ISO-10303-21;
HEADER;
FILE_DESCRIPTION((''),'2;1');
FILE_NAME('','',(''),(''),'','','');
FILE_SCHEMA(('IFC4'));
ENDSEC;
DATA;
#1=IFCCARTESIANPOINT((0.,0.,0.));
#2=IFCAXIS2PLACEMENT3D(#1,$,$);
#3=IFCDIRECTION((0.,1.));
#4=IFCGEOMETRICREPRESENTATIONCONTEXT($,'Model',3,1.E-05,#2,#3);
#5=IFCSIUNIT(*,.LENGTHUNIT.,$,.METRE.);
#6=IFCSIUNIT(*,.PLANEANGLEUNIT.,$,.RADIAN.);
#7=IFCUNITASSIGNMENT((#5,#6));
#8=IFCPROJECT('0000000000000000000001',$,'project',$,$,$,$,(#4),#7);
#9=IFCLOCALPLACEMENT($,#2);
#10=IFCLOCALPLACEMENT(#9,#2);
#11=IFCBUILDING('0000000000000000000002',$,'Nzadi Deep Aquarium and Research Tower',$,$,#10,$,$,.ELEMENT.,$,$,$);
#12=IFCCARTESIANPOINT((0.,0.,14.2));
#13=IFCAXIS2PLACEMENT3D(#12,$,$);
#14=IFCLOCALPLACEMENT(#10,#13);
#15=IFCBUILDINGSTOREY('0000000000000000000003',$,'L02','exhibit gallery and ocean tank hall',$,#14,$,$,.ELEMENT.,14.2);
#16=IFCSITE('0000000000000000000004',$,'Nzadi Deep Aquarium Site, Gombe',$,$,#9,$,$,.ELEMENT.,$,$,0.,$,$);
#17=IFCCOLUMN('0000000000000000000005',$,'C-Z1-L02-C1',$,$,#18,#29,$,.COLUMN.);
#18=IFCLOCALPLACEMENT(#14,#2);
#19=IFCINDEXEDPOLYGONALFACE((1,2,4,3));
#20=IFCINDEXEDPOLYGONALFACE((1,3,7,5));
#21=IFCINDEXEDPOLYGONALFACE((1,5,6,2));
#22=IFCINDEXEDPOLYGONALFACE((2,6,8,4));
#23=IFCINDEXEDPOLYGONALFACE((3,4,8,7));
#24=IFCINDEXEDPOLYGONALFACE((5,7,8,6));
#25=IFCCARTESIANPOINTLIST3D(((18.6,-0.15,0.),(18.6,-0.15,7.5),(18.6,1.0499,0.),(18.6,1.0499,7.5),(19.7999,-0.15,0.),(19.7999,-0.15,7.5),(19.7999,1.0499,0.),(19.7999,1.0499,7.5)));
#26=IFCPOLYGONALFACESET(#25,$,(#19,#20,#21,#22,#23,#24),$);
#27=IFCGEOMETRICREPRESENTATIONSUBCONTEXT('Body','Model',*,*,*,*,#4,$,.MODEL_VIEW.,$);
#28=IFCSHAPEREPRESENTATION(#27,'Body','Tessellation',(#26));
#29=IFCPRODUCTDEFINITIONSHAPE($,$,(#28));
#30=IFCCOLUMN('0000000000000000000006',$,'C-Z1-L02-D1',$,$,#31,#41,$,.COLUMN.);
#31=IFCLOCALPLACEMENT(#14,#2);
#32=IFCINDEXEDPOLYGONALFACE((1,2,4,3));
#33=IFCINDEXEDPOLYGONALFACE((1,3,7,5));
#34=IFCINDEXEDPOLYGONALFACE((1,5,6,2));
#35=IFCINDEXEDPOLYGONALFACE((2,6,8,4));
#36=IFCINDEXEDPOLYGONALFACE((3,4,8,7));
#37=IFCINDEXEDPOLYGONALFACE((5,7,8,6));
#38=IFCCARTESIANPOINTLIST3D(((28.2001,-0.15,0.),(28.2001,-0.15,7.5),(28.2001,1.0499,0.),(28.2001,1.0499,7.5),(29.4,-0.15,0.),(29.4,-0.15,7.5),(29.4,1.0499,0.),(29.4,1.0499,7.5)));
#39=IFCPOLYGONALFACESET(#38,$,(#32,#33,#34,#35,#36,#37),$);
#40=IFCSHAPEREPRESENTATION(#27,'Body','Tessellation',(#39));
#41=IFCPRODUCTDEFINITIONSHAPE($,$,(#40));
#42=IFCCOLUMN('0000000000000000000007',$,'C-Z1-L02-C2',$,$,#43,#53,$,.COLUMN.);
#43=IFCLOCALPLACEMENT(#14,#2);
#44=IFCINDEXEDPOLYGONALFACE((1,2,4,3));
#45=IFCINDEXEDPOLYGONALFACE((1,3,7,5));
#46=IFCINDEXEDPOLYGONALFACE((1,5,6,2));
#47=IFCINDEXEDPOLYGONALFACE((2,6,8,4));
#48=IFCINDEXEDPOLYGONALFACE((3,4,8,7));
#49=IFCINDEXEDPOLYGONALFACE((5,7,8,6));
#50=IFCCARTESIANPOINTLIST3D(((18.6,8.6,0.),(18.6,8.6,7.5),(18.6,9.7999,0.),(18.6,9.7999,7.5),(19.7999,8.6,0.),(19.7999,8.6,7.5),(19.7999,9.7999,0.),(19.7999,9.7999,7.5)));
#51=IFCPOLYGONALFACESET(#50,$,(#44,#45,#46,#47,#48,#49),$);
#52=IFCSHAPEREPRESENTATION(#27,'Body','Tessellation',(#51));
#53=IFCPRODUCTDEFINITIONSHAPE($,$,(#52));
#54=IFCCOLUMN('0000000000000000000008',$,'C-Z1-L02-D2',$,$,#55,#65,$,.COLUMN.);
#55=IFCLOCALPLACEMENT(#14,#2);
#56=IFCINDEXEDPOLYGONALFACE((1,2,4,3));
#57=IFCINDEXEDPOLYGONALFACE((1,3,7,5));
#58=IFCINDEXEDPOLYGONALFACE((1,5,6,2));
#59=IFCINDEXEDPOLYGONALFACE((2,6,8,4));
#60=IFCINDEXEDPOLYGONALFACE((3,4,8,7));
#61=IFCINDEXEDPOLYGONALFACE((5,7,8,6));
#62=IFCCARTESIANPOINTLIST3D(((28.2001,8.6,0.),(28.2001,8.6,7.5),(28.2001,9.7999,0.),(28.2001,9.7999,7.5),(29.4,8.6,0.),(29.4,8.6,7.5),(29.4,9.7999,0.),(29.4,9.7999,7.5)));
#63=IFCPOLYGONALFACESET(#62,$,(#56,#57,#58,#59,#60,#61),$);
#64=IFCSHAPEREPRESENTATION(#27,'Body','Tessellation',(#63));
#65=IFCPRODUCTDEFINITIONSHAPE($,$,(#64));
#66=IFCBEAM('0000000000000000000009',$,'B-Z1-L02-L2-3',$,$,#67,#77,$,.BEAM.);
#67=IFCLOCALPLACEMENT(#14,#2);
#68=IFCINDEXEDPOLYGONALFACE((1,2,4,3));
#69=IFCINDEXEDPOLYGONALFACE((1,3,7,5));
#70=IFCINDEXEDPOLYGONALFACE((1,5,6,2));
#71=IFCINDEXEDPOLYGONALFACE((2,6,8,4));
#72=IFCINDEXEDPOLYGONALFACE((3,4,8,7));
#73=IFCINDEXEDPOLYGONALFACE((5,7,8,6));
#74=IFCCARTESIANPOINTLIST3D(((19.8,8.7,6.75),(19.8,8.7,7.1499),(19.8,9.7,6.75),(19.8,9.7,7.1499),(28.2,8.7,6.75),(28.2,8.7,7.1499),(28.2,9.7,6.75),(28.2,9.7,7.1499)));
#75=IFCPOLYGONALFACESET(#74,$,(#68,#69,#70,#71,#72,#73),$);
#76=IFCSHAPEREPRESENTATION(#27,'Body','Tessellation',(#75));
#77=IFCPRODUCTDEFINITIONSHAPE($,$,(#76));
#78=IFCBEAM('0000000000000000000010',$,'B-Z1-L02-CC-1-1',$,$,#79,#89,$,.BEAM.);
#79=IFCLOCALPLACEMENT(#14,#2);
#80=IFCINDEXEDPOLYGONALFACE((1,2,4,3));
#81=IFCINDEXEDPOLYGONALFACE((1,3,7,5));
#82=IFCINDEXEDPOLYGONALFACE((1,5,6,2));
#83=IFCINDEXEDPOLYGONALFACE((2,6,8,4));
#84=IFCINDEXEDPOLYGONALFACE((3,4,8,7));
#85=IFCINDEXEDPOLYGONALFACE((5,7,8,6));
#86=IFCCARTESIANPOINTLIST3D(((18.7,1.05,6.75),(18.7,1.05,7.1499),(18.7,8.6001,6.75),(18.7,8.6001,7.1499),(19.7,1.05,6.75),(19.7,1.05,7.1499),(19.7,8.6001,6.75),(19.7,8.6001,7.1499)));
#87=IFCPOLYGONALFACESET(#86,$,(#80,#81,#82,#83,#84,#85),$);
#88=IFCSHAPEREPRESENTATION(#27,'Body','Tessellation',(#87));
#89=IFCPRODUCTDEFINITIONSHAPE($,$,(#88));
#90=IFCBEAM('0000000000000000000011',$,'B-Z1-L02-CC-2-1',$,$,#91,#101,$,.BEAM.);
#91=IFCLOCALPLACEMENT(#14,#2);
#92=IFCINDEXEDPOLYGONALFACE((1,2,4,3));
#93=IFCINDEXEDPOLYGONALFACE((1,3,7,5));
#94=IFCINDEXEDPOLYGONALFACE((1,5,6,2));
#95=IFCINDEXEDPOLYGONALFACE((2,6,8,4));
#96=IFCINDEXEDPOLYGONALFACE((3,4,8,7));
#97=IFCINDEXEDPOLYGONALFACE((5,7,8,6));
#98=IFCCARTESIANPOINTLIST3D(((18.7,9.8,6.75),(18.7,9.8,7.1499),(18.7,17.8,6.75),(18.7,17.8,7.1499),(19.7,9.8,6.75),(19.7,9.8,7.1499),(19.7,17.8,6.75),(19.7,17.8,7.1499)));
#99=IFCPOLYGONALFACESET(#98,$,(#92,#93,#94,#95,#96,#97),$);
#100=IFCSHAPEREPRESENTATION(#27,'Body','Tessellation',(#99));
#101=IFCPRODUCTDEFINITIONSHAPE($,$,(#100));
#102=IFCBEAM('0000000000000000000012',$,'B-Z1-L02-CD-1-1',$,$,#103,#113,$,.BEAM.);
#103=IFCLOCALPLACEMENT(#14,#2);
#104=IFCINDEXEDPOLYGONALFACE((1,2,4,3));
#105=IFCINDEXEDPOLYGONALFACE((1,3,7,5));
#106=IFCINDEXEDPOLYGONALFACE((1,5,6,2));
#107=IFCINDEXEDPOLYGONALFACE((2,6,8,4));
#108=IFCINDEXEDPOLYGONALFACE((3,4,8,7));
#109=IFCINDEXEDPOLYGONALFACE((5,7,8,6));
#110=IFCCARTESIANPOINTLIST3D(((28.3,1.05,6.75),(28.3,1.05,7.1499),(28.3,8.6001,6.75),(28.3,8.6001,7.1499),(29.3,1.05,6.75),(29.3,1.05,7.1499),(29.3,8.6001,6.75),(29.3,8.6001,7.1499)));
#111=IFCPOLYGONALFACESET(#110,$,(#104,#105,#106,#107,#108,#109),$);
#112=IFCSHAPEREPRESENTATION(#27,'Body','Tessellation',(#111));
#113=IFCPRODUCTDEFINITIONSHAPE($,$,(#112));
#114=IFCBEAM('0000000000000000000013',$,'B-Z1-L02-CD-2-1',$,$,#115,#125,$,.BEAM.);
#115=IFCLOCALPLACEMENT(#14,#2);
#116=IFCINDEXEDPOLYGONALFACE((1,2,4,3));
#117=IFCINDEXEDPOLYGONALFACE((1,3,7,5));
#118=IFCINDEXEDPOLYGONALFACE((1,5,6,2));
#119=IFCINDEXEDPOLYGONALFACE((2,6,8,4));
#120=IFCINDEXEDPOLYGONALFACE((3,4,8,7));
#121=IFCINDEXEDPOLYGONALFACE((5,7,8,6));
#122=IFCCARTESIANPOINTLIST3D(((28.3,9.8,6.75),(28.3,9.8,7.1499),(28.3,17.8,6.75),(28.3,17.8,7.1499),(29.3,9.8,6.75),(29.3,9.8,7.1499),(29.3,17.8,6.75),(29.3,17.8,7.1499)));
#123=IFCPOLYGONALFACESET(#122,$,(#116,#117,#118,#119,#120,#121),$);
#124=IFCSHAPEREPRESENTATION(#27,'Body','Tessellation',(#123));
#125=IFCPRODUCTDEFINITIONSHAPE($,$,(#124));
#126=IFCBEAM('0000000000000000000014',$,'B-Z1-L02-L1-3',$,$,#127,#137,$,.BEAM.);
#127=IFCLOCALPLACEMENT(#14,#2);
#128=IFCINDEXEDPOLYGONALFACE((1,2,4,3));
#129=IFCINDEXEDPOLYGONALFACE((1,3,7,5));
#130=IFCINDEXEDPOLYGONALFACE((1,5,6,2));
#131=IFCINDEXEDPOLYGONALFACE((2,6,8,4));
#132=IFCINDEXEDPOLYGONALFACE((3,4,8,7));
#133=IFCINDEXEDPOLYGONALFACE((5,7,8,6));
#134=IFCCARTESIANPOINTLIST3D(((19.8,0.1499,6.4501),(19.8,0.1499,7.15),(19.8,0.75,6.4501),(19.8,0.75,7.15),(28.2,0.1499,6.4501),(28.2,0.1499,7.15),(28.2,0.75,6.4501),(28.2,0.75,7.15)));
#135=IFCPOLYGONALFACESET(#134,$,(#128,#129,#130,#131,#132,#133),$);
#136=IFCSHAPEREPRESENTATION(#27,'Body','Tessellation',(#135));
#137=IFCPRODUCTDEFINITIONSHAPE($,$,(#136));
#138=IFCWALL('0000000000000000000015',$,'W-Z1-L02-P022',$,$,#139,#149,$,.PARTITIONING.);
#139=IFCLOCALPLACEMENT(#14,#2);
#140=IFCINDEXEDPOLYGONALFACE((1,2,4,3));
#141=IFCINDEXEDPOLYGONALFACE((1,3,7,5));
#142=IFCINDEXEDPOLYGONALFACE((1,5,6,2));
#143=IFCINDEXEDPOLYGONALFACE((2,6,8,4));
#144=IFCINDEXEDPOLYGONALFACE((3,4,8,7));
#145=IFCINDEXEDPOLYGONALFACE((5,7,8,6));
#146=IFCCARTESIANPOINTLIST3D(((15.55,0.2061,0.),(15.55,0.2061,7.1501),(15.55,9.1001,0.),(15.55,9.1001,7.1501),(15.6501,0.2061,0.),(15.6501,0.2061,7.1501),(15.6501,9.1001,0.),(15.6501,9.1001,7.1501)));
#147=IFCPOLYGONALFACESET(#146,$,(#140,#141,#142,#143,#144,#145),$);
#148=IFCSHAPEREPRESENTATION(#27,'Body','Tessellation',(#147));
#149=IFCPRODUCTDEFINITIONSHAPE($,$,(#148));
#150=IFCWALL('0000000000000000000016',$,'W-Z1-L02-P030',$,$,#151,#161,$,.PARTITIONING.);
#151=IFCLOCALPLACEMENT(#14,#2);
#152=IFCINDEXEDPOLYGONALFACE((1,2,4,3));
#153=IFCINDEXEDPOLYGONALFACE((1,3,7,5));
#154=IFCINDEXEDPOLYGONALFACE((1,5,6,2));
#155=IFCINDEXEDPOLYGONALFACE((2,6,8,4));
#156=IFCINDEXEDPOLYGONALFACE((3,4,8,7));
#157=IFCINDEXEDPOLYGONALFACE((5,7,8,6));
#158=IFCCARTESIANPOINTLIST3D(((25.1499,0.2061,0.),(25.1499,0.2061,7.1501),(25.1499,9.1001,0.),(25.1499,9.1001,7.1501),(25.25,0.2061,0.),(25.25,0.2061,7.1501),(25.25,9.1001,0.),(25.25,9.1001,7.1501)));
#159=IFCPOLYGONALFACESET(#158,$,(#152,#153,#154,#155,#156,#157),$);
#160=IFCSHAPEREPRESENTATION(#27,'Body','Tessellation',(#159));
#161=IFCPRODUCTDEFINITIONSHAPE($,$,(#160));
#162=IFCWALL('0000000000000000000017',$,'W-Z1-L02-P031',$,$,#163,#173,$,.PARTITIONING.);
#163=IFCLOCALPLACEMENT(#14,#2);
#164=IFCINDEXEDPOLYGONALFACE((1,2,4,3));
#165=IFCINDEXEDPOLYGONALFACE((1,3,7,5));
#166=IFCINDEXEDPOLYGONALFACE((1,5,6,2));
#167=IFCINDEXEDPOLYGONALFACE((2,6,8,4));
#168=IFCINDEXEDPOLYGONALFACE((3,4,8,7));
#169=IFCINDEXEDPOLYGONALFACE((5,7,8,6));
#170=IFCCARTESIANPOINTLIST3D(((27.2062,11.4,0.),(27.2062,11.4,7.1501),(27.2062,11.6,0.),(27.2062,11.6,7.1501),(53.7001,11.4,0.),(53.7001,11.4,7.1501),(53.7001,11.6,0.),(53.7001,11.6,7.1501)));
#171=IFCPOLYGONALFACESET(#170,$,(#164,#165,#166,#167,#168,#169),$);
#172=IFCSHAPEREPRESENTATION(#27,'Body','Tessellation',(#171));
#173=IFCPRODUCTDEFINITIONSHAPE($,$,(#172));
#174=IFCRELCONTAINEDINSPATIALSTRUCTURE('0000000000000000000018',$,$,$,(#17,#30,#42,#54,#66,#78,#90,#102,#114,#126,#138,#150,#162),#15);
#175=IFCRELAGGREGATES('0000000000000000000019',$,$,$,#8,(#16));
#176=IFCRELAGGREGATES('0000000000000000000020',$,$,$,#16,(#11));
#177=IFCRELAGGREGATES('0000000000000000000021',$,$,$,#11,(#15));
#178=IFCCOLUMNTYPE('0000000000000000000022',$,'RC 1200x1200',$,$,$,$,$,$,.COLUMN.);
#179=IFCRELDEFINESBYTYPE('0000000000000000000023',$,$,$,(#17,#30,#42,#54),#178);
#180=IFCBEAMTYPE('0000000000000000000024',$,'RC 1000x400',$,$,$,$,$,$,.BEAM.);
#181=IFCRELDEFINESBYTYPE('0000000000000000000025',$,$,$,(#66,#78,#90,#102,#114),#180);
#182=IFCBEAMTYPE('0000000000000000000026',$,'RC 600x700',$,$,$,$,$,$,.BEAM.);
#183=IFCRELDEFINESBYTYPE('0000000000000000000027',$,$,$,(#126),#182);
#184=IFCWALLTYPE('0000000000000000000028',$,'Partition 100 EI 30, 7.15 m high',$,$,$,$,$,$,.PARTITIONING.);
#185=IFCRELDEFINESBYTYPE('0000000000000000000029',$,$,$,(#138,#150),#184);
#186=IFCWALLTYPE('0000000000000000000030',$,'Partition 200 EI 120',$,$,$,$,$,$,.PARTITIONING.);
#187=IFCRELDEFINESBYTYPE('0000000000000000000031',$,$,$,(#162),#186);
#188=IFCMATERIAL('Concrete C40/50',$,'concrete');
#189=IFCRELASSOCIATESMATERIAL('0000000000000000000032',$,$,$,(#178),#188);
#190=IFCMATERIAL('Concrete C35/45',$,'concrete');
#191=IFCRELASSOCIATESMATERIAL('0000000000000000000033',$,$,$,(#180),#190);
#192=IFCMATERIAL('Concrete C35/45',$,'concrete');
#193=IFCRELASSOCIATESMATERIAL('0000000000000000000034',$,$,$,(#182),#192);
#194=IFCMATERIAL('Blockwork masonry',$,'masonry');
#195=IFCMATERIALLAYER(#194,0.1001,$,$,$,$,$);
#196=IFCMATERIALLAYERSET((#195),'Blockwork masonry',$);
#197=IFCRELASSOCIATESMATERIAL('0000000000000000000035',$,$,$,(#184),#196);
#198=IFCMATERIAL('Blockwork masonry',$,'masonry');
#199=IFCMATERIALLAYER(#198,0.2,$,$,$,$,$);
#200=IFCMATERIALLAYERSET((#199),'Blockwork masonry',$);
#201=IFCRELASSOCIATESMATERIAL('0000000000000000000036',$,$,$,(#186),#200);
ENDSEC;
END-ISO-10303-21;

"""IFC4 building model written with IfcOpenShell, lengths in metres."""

from ifc_helpers import new_model, si_unit, direction, frame, frame_2d, origin, origin_2d, place, context, subcontext, project, spatial, rectangle, extrude, material, layer, layer_set, material_profile, profile_set, type_object, element, save


model = new_model("IFC4")

# Units and contexts
model_context = context("Model", 3, precision=1e-05, world=origin(), true_north=direction((0.0, 1.0)))
body_context = subcontext(model_context, "Body", "Model", "MODEL_VIEW")
ifc_project = project(units=[si_unit("LENGTHUNIT", "METRE"), si_unit("PLANEANGLEUNIT", "RADIAN")], contexts=[model_context])

# Site, building, storey
site_placement = place(None, origin())
site = spatial("IfcSite", under=ifc_project, at=site_placement, Name="Nzadi Deep Aquarium Site, Gombe", CompositionType="ELEMENT", RefElevation=0.0)
building_placement = place(site_placement, origin())
building = spatial("IfcBuilding", under=site, at=building_placement, Name="Nzadi Deep Aquarium and Research Tower", CompositionType="ELEMENT")
storey_placement = place(building_placement, frame((0.0, 0.0, 14.2)))
storey = spatial("IfcBuildingStorey", under=building, at=storey_placement, Name="L02", Description="exhibit gallery and ocean tank hall", CompositionType="ELEMENT", Elevation=14.2)

# Columns
ifc_material_1 = material(Name="Concrete C40/50", Category="concrete")
ifc_material_profile_1 = material_profile(ifc_material_1, rectangle(XDim=1.2, YDim=1.2, at=origin_2d()))
ifc_profile_set_1 = profile_set([ifc_material_profile_1], Name="Concrete C40/50")
column_type = type_object("IfcColumnType", Name="RC 1200x1200", PredefinedType="COLUMN", material=ifc_profile_set_1)
for number, where, z_axis, x_axis, name in (
    (1, (19.2, 0.45, 0.0), (0.0, 0.0, 1.0), (1.0, 0.0, 0.0), "C-Z1-L02-C1"),
    (2, (28.8, 0.45, 0.0), (0.0, 0.0, 1.0), (1.0, 0.0, 0.0), "C-Z1-L02-D1"),
    (3, (19.2, 9.2, 0.0), (0.0, 0.0, 1.0), (1.0, 0.0, 0.0), "C-Z1-L02-C2"),
    (4, (28.8, 9.2, 0.0), (0.0, 0.0, 1.0), (1.0, 0.0, 0.0), "C-Z1-L02-D2"),
):
    element("IfcColumn", number, at=place(storey_placement, frame(where, z_axis=z_axis, x_axis=x_axis)), inside=storey, type_object=column_type, Name=name, PredefinedType="COLUMN", context=body_context, shape_type="SweptSolid", body=[
        extrude(rectangle(XDim=1.2, YDim=1.2, at=origin_2d()), origin(), (0.0, 0.0, 1.0), 7.5),
    ])

# Beams
ifc_material_2 = material(Name="Concrete C35/45", Category="concrete")
ifc_material_profile_2 = material_profile(ifc_material_2, rectangle(XDim=1.0, YDim=0.3999, at=origin_2d()))
ifc_profile_set_2 = profile_set([ifc_material_profile_2], Name="Concrete C35/45")
beam_type_1 = type_object("IfcBeamType", Name="RC 1000x400", PredefinedType="BEAM", material=ifc_profile_set_2)
beam_1_placement = place(storey_placement, frame((19.8, 9.2, 6.95), z_axis=(1.0, 0.0, 0.0), x_axis=(0.0, 1.0, 0.0)))
element("IfcBeam", 5, at=beam_1_placement, inside=storey, type_object=beam_type_1, Name="B-Z1-L02-L2-3", PredefinedType="BEAM", context=body_context, shape_type="SweptSolid", body=[
    extrude(rectangle(XDim=1.0, YDim=0.3999, at=origin_2d()), origin(), (0.0, 0.0, 1.0), 8.3999),
])
beam_2_placement = place(storey_placement, frame((19.2, 1.05, 6.95), z_axis=(0.0, 1.0, 0.0), x_axis=(-1.0, 0.0, 0.0)))
element("IfcBeam", 6, at=beam_2_placement, inside=storey, type_object=beam_type_1, Name="B-Z1-L02-CC-1-1", PredefinedType="BEAM", context=body_context, shape_type="SweptSolid", body=[
    extrude(rectangle(XDim=1.0, YDim=0.3999, at=origin_2d()), origin(), (0.0, 0.0, 1.0), 7.55),
])
beam_3_placement = place(storey_placement, frame((19.2, 9.8, 6.95), z_axis=(0.0, 1.0, 0.0), x_axis=(-1.0, 0.0, 0.0)))
element("IfcBeam", 7, at=beam_3_placement, inside=storey, type_object=beam_type_1, Name="B-Z1-L02-CC-2-1", PredefinedType="BEAM", context=body_context, shape_type="SweptSolid", body=[
    extrude(rectangle(XDim=1.0, YDim=0.3999, at=origin_2d()), origin(), (0.0, 0.0, 1.0), 8.0),
])
beam_4_placement = place(storey_placement, frame((28.8, 1.05, 6.95), z_axis=(0.0, 1.0, 0.0), x_axis=(-1.0, 0.0, 0.0)))
element("IfcBeam", 8, at=beam_4_placement, inside=storey, type_object=beam_type_1, Name="B-Z1-L02-CD-1-1", PredefinedType="BEAM", context=body_context, shape_type="SweptSolid", body=[
    extrude(rectangle(XDim=1.0, YDim=0.3999, at=origin_2d()), origin(), (0.0, 0.0, 1.0), 7.55),
])
beam_5_placement = place(storey_placement, frame((28.8, 9.8, 6.95), z_axis=(0.0, 1.0, 0.0), x_axis=(-1.0, 0.0, 0.0)))
element("IfcBeam", 9, at=beam_5_placement, inside=storey, type_object=beam_type_1, Name="B-Z1-L02-CD-2-1", PredefinedType="BEAM", context=body_context, shape_type="SweptSolid", body=[
    extrude(rectangle(XDim=1.0, YDim=0.3999, at=origin_2d()), origin(), (0.0, 0.0, 1.0), 8.0),
])
ifc_material_3 = material(Name="Concrete C35/45", Category="concrete")
ifc_material_profile_3 = material_profile(ifc_material_3, rectangle(XDim=0.6001, YDim=0.7, at=origin_2d()))
ifc_profile_set_3 = profile_set([ifc_material_profile_3], Name="Concrete C35/45")
beam_type_2 = type_object("IfcBeamType", Name="RC 600x700", PredefinedType="BEAM", material=ifc_profile_set_3)
beam_6_placement = place(storey_placement, frame((19.8, 0.45, 6.8), z_axis=(1.0, 0.0, 0.0), x_axis=(0.0, 1.0, 0.0)))
element("IfcBeam", 10, at=beam_6_placement, inside=storey, type_object=beam_type_2, Name="B-Z1-L02-L1-3", PredefinedType="BEAM", context=body_context, shape_type="SweptSolid", body=[
    extrude(rectangle(XDim=0.6001, YDim=0.7, at=origin_2d()), origin(), (0.0, 0.0, 1.0), 8.3999),
])

# Walls
ifc_material_4 = material(Name="Blockwork masonry", Category="masonry")
ifc_layer_1 = layer(ifc_material_4, 0.1001)
ifc_layer_set_1 = layer_set([ifc_layer_1], Name="Blockwork masonry")
wall_type_1 = type_object("IfcWallType", Name="Partition 100 EI 30, 7.15 m high", PredefinedType="PARTITIONING", material=ifc_layer_set_1)
for number, where, z_axis, x_axis, name in (
    (11, (15.6001, 0.2061, 0.0), (0.0, 0.0, 1.0), (0.0, 1.0, 0.0), "W-Z1-L02-P022"),
    (12, (25.2, 0.2061, 0.0), (0.0, 0.0, 1.0), (0.0, 1.0, 0.0), "W-Z1-L02-P030"),
):
    element("IfcWall", number, at=place(storey_placement, frame(where, z_axis=z_axis, x_axis=x_axis)), inside=storey, type_object=wall_type_1, Name=name, PredefinedType="PARTITIONING", context=body_context, shape_type="SweptSolid", body=[
        extrude(rectangle(XDim=8.894, YDim=0.1001, at=frame_2d((4.447, 0.0))), origin(), (0.0, 0.0, 1.0), 7.1501),
    ])
ifc_material_5 = material(Name="Blockwork masonry", Category="masonry")
ifc_layer_2 = layer(ifc_material_5, 0.2)
ifc_layer_set_2 = layer_set([ifc_layer_2], Name="Blockwork masonry")
wall_type_2 = type_object("IfcWallType", Name="Partition 200 EI 120", PredefinedType="PARTITIONING", material=ifc_layer_set_2)
wall_1_placement = place(storey_placement, frame((27.2061, 11.5, 0.0), z_axis=(0.0, 0.0, 1.0), x_axis=(1.0, 0.0, 0.0)))
element("IfcWall", 13, at=wall_1_placement, inside=storey, type_object=wall_type_2, Name="W-Z1-L02-P031", PredefinedType="PARTITIONING", context=body_context, shape_type="SweptSolid", body=[
    extrude(rectangle(XDim=26.4939, YDim=0.2, at=frame_2d((13.2471, 0.0))), origin(), (0.0, 0.0, 1.0), 7.1501),
])

save(model, "model.ifc")
